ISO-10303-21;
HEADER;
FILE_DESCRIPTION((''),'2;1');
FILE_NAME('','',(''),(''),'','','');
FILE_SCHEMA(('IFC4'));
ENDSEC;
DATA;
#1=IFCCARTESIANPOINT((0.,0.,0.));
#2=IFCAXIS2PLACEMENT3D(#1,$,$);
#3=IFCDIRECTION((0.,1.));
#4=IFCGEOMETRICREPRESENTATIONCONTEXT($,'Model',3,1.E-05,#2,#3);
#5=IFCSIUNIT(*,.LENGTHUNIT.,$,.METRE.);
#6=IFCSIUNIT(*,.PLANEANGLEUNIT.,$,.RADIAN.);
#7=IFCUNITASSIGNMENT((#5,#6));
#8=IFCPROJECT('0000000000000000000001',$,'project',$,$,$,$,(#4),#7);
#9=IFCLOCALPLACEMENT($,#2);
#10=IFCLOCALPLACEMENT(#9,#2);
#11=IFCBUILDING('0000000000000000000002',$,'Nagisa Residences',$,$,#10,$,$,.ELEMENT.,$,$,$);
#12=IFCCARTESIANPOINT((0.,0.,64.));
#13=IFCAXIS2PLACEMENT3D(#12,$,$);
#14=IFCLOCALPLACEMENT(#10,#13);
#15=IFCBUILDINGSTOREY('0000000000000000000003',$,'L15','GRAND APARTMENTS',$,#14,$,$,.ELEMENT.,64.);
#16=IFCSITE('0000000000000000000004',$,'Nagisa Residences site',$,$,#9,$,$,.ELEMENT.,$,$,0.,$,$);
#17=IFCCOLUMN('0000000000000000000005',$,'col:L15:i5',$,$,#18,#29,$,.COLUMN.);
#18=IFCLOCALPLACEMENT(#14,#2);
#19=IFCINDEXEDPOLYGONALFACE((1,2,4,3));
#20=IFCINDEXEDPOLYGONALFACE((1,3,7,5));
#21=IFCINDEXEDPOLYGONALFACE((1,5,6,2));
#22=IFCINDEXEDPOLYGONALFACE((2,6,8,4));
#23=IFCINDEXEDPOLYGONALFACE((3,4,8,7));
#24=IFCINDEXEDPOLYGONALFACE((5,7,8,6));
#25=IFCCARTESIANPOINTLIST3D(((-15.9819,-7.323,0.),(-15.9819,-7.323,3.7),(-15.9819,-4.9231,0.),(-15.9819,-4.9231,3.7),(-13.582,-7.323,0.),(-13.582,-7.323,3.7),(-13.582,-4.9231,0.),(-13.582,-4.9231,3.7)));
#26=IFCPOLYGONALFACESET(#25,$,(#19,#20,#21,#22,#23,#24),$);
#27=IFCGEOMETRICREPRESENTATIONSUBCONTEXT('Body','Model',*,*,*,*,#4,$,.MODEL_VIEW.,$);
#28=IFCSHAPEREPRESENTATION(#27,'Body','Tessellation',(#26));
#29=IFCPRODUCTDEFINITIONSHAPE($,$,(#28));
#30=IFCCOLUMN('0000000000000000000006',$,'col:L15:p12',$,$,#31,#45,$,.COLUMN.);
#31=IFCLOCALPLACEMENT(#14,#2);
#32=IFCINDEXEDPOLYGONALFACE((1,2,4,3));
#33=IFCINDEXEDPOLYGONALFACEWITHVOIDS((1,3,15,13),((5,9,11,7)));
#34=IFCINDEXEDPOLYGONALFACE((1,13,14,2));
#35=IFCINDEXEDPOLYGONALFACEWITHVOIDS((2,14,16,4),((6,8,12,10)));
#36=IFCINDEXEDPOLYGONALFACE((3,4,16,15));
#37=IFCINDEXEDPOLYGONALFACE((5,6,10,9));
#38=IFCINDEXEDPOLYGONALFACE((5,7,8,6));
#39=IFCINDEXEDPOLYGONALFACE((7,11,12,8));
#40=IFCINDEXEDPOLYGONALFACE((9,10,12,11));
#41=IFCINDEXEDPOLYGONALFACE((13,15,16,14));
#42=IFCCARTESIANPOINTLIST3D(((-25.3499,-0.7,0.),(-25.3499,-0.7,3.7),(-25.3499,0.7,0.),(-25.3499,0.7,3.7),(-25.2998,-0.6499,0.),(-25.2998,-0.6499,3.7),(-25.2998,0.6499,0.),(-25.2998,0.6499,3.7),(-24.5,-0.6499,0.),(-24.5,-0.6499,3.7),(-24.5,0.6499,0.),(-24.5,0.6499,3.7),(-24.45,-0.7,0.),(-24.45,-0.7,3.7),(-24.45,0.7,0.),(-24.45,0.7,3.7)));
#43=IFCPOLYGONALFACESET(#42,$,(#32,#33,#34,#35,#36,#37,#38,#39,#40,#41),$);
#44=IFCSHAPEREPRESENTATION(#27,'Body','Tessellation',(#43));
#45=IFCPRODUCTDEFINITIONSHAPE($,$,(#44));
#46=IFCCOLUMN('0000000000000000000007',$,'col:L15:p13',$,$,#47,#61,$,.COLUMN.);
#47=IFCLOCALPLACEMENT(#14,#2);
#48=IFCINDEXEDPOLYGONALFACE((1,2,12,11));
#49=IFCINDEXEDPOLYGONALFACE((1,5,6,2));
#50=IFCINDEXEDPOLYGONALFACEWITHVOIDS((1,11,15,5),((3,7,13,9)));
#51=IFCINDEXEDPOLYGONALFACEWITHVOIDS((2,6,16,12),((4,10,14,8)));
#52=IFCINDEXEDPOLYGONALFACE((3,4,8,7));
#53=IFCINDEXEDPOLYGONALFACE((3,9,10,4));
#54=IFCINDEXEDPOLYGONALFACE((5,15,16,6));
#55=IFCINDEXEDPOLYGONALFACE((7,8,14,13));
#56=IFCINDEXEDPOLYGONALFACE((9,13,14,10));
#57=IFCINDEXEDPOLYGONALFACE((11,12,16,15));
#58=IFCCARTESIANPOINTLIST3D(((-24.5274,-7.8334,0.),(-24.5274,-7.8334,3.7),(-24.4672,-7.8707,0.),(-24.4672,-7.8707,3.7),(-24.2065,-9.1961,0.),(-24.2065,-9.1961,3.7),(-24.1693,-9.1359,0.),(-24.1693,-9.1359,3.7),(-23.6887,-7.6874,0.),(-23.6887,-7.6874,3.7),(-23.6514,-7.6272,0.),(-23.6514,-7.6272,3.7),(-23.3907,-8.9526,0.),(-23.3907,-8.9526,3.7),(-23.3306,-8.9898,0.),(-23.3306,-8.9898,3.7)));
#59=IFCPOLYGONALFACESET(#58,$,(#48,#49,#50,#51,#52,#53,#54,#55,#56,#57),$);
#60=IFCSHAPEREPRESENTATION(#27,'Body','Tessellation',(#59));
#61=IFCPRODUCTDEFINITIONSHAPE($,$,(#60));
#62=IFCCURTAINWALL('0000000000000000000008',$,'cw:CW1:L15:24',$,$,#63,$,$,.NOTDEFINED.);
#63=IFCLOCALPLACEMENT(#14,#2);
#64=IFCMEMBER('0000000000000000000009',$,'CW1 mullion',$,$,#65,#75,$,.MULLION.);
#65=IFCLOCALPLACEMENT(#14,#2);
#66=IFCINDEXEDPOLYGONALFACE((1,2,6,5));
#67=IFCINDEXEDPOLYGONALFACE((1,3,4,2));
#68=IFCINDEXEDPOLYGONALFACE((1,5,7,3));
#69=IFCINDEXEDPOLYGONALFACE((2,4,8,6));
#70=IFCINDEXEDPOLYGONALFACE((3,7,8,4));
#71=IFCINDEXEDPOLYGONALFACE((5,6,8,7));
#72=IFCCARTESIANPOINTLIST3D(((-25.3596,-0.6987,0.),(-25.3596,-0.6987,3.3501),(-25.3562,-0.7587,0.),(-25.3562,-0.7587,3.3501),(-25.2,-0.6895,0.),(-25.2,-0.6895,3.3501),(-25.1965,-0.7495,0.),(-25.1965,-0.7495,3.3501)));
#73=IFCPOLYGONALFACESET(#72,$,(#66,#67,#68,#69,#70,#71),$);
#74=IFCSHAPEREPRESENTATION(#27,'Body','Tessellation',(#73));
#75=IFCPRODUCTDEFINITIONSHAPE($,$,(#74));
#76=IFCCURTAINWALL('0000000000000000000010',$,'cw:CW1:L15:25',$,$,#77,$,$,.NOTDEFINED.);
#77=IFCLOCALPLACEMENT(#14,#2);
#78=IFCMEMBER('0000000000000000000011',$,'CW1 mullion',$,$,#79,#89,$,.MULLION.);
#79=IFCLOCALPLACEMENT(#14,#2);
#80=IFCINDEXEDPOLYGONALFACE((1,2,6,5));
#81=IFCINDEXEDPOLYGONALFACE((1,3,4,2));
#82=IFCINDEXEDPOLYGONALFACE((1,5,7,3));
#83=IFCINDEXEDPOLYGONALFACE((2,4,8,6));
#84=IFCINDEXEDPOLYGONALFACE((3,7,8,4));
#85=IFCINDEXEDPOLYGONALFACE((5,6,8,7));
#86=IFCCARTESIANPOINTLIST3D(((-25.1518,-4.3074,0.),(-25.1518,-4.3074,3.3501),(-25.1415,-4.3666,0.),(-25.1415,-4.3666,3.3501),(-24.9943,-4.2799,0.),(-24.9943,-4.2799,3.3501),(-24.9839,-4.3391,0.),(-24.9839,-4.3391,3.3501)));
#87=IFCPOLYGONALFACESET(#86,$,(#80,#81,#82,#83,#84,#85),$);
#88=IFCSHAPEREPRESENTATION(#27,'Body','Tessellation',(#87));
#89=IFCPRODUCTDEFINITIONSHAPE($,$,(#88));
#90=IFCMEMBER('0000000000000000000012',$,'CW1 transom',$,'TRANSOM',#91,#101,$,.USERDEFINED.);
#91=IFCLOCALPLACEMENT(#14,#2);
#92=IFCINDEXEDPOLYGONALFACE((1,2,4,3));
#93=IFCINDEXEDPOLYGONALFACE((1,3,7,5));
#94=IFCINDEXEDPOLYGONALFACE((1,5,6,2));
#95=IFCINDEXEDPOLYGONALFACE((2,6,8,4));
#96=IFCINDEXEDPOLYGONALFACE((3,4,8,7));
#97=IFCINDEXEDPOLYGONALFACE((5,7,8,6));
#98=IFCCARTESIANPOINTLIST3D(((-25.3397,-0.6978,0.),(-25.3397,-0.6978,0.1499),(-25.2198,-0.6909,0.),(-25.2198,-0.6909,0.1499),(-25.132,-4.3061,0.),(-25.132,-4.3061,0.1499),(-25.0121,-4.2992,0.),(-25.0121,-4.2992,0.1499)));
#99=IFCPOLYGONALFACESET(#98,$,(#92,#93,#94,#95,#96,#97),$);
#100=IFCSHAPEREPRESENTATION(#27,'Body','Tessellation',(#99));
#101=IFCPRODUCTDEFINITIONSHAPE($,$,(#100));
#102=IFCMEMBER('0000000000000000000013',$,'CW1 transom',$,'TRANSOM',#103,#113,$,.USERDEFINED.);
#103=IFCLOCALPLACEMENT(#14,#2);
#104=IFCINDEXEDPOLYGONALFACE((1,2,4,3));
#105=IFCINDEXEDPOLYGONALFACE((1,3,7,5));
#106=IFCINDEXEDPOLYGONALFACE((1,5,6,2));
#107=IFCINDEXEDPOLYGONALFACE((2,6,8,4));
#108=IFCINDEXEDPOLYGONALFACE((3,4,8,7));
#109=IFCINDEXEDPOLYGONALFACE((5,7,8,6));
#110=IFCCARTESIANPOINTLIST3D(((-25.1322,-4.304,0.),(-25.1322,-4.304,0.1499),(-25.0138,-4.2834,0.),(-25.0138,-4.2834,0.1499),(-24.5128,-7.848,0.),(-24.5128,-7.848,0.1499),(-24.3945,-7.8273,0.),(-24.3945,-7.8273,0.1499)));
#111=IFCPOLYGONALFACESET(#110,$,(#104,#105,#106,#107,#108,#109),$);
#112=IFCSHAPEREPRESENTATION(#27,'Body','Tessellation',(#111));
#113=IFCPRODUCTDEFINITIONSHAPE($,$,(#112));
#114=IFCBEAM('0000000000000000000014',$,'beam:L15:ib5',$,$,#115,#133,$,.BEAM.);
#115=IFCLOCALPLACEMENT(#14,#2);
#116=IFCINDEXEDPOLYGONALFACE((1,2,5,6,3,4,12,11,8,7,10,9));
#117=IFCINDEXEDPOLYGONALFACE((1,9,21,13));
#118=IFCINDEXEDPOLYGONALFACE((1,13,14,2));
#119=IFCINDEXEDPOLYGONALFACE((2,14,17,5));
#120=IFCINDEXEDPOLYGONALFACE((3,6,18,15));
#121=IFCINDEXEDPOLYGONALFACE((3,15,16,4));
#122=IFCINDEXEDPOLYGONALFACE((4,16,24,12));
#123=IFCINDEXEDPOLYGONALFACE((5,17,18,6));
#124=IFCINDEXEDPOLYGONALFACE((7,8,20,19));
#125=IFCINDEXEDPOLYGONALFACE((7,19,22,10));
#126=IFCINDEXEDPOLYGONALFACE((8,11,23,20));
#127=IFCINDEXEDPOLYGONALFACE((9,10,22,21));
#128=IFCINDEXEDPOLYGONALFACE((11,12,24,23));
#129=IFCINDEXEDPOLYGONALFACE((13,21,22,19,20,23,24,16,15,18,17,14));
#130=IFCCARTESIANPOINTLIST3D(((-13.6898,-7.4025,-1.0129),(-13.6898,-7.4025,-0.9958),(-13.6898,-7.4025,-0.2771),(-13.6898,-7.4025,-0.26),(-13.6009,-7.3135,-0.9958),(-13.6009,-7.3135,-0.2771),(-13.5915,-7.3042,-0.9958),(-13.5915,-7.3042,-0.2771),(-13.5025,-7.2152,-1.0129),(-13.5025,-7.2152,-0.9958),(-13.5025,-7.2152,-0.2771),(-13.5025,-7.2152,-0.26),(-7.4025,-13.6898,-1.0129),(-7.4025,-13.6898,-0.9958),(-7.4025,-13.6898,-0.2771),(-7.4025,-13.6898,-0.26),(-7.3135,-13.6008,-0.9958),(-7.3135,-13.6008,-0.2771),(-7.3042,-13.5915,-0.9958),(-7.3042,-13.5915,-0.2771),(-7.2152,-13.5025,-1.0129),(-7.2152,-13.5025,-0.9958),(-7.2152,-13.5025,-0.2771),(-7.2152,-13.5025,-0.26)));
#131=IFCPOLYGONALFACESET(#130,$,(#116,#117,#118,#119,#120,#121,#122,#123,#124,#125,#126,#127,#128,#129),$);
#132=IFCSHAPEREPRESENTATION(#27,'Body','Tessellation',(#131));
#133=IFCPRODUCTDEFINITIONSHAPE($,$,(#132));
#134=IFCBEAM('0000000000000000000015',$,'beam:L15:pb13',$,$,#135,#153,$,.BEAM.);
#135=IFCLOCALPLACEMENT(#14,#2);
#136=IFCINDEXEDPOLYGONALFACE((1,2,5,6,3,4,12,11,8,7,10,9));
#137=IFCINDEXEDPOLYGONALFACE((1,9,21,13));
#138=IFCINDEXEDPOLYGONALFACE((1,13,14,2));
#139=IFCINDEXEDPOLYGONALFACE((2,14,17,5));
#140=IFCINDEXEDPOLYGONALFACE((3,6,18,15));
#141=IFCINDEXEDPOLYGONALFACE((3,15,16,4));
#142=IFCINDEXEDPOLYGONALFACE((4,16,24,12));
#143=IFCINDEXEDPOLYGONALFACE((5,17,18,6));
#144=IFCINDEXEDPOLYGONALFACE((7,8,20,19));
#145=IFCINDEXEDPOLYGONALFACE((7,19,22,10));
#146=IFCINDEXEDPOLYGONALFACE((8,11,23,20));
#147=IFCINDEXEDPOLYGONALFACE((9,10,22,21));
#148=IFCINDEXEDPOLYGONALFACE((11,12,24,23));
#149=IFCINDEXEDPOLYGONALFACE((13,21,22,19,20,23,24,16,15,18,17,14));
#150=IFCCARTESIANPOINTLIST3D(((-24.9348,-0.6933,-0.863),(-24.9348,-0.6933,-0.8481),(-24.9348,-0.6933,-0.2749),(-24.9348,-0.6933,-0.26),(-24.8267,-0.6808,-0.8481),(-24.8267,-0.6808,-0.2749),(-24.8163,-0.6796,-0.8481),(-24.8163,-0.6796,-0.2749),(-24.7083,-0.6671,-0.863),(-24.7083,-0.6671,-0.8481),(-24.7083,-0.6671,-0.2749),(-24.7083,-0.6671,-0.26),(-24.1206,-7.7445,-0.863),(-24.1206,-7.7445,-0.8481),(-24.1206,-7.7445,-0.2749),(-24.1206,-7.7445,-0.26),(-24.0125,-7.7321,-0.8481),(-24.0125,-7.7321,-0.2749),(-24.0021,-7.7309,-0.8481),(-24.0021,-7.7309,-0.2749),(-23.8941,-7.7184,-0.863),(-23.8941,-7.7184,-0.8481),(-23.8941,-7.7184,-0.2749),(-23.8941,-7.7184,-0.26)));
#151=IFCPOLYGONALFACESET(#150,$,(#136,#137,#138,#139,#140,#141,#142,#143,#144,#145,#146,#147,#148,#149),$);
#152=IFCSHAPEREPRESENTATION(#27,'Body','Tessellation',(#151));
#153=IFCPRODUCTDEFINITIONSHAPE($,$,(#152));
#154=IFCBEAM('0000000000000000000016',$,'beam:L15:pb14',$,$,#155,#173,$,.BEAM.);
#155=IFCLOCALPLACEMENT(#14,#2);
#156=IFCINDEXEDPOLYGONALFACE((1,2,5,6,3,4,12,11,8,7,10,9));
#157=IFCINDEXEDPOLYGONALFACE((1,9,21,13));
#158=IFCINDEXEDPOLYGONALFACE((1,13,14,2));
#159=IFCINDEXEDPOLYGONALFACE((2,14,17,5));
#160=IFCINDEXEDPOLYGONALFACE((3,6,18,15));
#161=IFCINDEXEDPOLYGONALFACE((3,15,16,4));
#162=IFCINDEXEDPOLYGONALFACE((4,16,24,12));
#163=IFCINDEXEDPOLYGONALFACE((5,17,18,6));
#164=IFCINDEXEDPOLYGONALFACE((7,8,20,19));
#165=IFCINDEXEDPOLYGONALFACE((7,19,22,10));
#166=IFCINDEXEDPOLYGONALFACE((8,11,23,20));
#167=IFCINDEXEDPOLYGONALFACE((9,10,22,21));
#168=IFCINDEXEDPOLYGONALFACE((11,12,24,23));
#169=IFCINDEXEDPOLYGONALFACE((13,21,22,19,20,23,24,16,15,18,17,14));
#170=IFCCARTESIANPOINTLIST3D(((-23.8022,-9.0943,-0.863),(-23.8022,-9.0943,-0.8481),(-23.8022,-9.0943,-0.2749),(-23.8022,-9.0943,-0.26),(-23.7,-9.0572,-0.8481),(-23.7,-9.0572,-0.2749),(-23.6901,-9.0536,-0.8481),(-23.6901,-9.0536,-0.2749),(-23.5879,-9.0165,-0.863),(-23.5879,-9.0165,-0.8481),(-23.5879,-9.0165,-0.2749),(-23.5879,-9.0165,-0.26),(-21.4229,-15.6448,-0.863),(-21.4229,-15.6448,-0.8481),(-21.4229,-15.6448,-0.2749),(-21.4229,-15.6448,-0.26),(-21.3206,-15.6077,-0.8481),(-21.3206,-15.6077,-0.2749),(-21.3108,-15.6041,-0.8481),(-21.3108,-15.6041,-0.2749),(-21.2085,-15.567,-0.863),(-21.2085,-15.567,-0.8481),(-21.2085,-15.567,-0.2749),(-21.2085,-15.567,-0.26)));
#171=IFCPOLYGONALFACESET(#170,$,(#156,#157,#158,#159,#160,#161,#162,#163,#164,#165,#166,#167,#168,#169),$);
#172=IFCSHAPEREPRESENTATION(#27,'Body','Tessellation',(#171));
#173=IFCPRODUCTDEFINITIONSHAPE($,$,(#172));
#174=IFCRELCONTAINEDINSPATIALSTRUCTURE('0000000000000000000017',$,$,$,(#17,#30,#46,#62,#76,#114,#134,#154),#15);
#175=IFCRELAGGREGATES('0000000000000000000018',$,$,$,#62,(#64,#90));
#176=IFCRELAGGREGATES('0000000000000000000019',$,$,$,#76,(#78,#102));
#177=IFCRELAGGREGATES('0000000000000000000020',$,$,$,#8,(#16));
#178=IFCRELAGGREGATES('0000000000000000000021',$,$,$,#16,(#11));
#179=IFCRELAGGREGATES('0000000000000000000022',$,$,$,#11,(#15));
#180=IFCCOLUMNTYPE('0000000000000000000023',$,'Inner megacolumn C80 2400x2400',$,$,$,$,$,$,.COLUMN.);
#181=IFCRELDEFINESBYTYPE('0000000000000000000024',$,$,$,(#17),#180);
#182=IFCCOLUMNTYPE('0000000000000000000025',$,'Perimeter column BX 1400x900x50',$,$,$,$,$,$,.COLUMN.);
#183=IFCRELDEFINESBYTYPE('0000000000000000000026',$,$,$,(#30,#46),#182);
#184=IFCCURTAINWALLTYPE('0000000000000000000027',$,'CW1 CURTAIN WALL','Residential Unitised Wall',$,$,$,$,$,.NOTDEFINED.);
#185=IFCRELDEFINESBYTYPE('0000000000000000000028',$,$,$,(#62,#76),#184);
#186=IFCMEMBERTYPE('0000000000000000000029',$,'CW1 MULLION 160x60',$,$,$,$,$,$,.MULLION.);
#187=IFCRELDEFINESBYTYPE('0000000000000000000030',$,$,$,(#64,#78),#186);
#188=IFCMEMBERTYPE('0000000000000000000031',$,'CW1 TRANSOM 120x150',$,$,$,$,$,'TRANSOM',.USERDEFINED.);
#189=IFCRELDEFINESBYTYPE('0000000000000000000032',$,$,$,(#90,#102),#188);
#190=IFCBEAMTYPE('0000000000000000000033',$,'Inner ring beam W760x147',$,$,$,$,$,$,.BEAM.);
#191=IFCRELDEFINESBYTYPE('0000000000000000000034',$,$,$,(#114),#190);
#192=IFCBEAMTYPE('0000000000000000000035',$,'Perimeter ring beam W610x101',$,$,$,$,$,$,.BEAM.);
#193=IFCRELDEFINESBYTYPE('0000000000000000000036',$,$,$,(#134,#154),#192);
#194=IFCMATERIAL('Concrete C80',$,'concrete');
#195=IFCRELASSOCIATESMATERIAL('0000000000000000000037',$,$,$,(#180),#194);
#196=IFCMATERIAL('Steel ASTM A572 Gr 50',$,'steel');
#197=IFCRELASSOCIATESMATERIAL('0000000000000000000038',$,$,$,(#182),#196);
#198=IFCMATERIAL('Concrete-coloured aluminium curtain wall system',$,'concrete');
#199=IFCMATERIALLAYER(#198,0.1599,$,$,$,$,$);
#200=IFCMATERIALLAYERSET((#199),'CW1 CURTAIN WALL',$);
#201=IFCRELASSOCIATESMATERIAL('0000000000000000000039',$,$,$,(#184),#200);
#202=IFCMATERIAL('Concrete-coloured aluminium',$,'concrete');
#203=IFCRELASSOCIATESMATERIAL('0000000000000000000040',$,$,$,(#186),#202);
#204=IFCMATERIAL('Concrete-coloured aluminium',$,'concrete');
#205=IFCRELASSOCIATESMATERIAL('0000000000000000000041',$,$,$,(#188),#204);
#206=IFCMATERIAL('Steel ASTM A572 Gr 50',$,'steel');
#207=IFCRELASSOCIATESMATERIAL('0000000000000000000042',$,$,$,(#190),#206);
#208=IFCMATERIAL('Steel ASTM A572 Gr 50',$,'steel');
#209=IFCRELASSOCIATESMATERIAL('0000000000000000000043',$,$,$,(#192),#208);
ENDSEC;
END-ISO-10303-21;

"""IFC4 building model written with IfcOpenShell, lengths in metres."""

from ifc_helpers import new_model, si_unit, direction, frame, origin, origin_2d, place, context, subcontext, project, spatial, rectangle, hollow_rectangle, i_section, extrude, material, layer, layer_set, material_profile, profile_set, type_object, element, aggregate, save


model = new_model("IFC4")

# Units and contexts
model_context = context("Model", 3, precision=1e-05, world=origin(), true_north=direction((0.0, 1.0)))
body_context = subcontext(model_context, "Body", "Model", "MODEL_VIEW")
ifc_project = project(units=[si_unit("LENGTHUNIT", "METRE"), si_unit("PLANEANGLEUNIT", "RADIAN")], contexts=[model_context])

# Site, building, storey
site_placement = place(None, origin())
site = spatial("IfcSite", under=ifc_project, at=site_placement, Name="Nagisa Residences site", CompositionType="ELEMENT", RefElevation=0.0)
building_placement = place(site_placement, origin())
building = spatial("IfcBuilding", under=site, at=building_placement, Name="Nagisa Residences", CompositionType="ELEMENT")
storey_placement = place(building_placement, frame((0.0, 0.0, 64.0)))
storey = spatial("IfcBuildingStorey", under=building, at=storey_placement, Name="L15", Description="GRAND APARTMENTS", CompositionType="ELEMENT", Elevation=64.0)

# Columns
ifc_material_1 = material(Name="Concrete C80", Category="concrete")
ifc_material_profile_1 = material_profile(ifc_material_1, rectangle(XDim=2.3999, YDim=2.3999, at=origin_2d()), Name="C80 2400x2400")
ifc_profile_set_1 = profile_set([ifc_material_profile_1], Name="Concrete C80")
column_type_1 = type_object("IfcColumnType", Name="Inner megacolumn C80 2400x2400", PredefinedType="COLUMN", material=ifc_profile_set_1)
column_placement = place(storey_placement, frame((-14.782, -6.123, 0.0), z_axis=(0.0, 0.0, 1.0), x_axis=(1.0, 0.0, 0.0)))
element("IfcColumn", 1, at=column_placement, inside=storey, type_object=column_type_1, Name="col:L15:i5", PredefinedType="COLUMN", context=body_context, shape_type="SweptSolid", body=[
    extrude(rectangle(XDim=2.3999, YDim=2.3999, at=origin_2d()), origin(), (0.0, 0.0, 1.0), 3.7),
])
ifc_material_2 = material(Name="Steel ASTM A572 Gr 50", Category="steel")
ifc_material_profile_2 = material_profile(ifc_material_2, hollow_rectangle(XDim=1.3999, YDim=0.8999, WallThickness=0.05, at=origin_2d()), Name="BX 1400x900x50")
ifc_profile_set_2 = profile_set([ifc_material_profile_2], Name="Steel ASTM A572 Gr 50")
column_type_2 = type_object("IfcColumnType", Name="Perimeter column BX 1400x900x50", PredefinedType="COLUMN", material=ifc_profile_set_2)
for number, where, z_axis, x_axis, name in (
    (2, (-24.8999, 0.0, 0.0), (0.0, 0.0, 1.0), (0.0, -1.0, 0.0), "col:L15:p12"),
    (3, (-23.929, -8.4116, 0.0), (0.0, 0.0, 1.0), (0.229202, -0.973379, 0.0), "col:L15:p13"),
):
    element("IfcColumn", number, at=place(storey_placement, frame(where, z_axis=z_axis, x_axis=x_axis)), inside=storey, type_object=column_type_2, Name=name, PredefinedType="COLUMN", context=body_context, shape_type="SweptSolid", body=[
        extrude(hollow_rectangle(XDim=1.3999, YDim=0.8999, WallThickness=0.05, at=origin_2d()), origin(), (0.0, 0.0, 1.0), 3.7),
    ])

# Curtain walls, members
ifc_material_3 = material(Name="Concrete-coloured aluminium curtain wall system", Category="concrete")
ifc_layer_1 = layer(ifc_material_3, 0.1599)
ifc_layer_set_1 = layer_set([ifc_layer_1], Name="CW1 CURTAIN WALL")
curtain_wall_type = type_object("IfcCurtainWallType", Name="CW1 CURTAIN WALL", Description="Residential Unitised Wall", PredefinedType="NOTDEFINED", material=ifc_layer_set_1)
curtain_wall_1_placement = place(storey_placement, origin())
curtain_wall_1 = element("IfcCurtainWall", 4, at=curtain_wall_1_placement, inside=storey, type_object=curtain_wall_type, Name="cw:CW1:L15:24", PredefinedType="NOTDEFINED")
ifc_material_4 = material(Name="Concrete-coloured aluminium", Category="concrete")
ifc_material_profile_3 = material_profile(ifc_material_4, rectangle(XDim=0.1599, YDim=0.0601, at=origin_2d()), Name="CW1 MULLION 160x60")
ifc_profile_set_3 = profile_set([ifc_material_profile_3], Name="Concrete-coloured aluminium")
member_type_1 = type_object("IfcMemberType", Name="CW1 MULLION 160x60", PredefinedType="MULLION", material=ifc_profile_set_3)
member_1_placement = place(storey_placement, frame((-25.2781, -0.7241, 0.0), z_axis=(0.0, 0.0, 1.0), x_axis=(0.998345, 0.057503, 0.0)))
member_1 = element("IfcMember", 5, at=member_1_placement, type_object=member_type_1, Name="CW1 mullion", PredefinedType="MULLION", context=body_context, shape_type="SweptSolid", body=[
    extrude(rectangle(XDim=0.1599, YDim=0.0601, at=origin_2d()), origin(), (0.0, 0.0, 1.0), 3.3501),
])
curtain_wall_2_placement = place(storey_placement, origin())
curtain_wall_2 = element("IfcCurtainWall", 6, at=curtain_wall_2_placement, inside=storey, type_object=curtain_wall_type, Name="cw:CW1:L15:25", PredefinedType="NOTDEFINED")
member_2_placement = place(storey_placement, frame((-25.0679, -4.3232, 0.0), z_axis=(0.0, 0.0, 1.0), x_axis=(0.985064, 0.172191, 0.0)))
member_2 = element("IfcMember", 7, at=member_2_placement, type_object=member_type_1, Name="CW1 mullion", PredefinedType="MULLION", context=body_context, shape_type="SweptSolid", body=[
    extrude(rectangle(XDim=0.1599, YDim=0.0601, at=origin_2d()), origin(), (0.0, 0.0, 1.0), 3.3501),
])

# Members
ifc_material_5 = material(Name="Concrete-coloured aluminium", Category="concrete")
ifc_material_profile_4 = material_profile(ifc_material_5, rectangle(XDim=0.1201, YDim=0.1499, at=origin_2d()), Name="CW1 TRANSOM 120x150")
ifc_profile_set_4 = profile_set([ifc_material_profile_4], Name="Concrete-coloured aluminium")
member_type_2 = type_object("IfcMemberType", Name="CW1 TRANSOM 120x150", ElementType="TRANSOM", PredefinedType="USERDEFINED", material=ifc_profile_set_4)
member_3_placement = place(storey_placement, frame((-25.2798, -0.6943, 0.075), z_axis=(0.057483, -0.998347, 0.0), x_axis=(0.998347, 0.057483, 0.0)))
member_3 = element("IfcMember", 8, at=member_3_placement, type_object=member_type_2, Name="CW1 transom", ObjectType="TRANSOM", PredefinedType="USERDEFINED", context=body_context, shape_type="SweptSolid", body=[
    extrude(rectangle(XDim=0.1201, YDim=0.1499, at=origin_2d()), origin(), (0.0, 0.0, 1.0), 3.6143),
])
member_4_placement = place(storey_placement, frame((-25.073, -4.2937, 0.075), z_axis=(0.172163, -0.985068, 0.0), x_axis=(0.985068, 0.172163, 0.0)))
member_4 = element("IfcMember", 9, at=member_4_placement, type_object=member_type_2, Name="CW1 transom", ObjectType="TRANSOM", PredefinedType="USERDEFINED", context=body_context, shape_type="SweptSolid", body=[
    extrude(rectangle(XDim=0.1201, YDim=0.1499, at=origin_2d()), origin(), (0.0, 0.0, 1.0), 3.5977),
])

# Beams
ifc_material_6 = material(Name="Steel ASTM A572 Gr 50", Category="steel")
ifc_material_profile_5 = material_profile(ifc_material_6, i_section(OverallWidth=0.2649, OverallDepth=0.7529, WebThickness=0.0132, FlangeThickness=0.0171, at=origin_2d()), Name="W760x147")
ifc_profile_set_5 = profile_set([ifc_material_profile_5], Name="Steel ASTM A572 Gr 50")
beam_type_1 = type_object("IfcBeamType", Name="Inner ring beam W760x147", PredefinedType="BEAM", material=ifc_profile_set_5)
beam_1_placement = place(storey_placement, frame((-13.5962, -7.3088, -0.6365), z_axis=(0.707107, -0.707107, 0.0), x_axis=(0.707107, 0.707107, 0.0)))
element("IfcBeam", 10, at=beam_1_placement, inside=storey, type_object=beam_type_1, Name="beam:L15:ib5", PredefinedType="BEAM", context=body_context, shape_type="SweptSolid", body=[
    extrude(i_section(OverallWidth=0.2649, OverallDepth=0.7529, WebThickness=0.0132, FlangeThickness=0.0171, at=origin_2d()), origin(), (0.0, 0.0, 1.0), 8.8916),
])
ifc_material_7 = material(Name="Steel ASTM A572 Gr 50", Category="steel")
ifc_material_profile_6 = material_profile(ifc_material_7, i_section(OverallWidth=0.228, OverallDepth=0.603, WebThickness=0.0105, FlangeThickness=0.0149, at=origin_2d()), Name="W610x101")
ifc_profile_set_6 = profile_set([ifc_material_profile_6], Name="Steel ASTM A572 Gr 50")
beam_type_2 = type_object("IfcBeamType", Name="Perimeter ring beam W610x101", PredefinedType="BEAM", material=ifc_profile_set_6)
beam_2_placement = place(storey_placement, frame((-24.8215, -0.6802, -0.5615), z_axis=(0.114708, -0.993399, 0.0), x_axis=(0.993399, 0.114708, 0.0)))
element("IfcBeam", 11, at=beam_2_placement, inside=storey, type_object=beam_type_2, Name="beam:L15:pb13", PredefinedType="BEAM", context=body_context, shape_type="SweptSolid", body=[
    extrude(i_section(OverallWidth=0.228, OverallDepth=0.603, WebThickness=0.0105, FlangeThickness=0.0149, at=origin_2d()), origin(), (0.0, 0.0, 1.0), 7.0981),
])
beam_3_placement = place(storey_placement, frame((-23.6951, -9.0554, -0.5615), z_axis=(0.341411, -0.939914, 0.0), x_axis=(0.939914, 0.341411, 0.0)))
element("IfcBeam", 12, at=beam_3_placement, inside=storey, type_object=beam_type_2, Name="beam:L15:pb14", PredefinedType="BEAM", context=body_context, shape_type="SweptSolid", body=[
    extrude(i_section(OverallWidth=0.228, OverallDepth=0.603, WebThickness=0.0105, FlangeThickness=0.0149, at=origin_2d()), origin(), (0.0, 0.0, 1.0), 6.9692),
])

aggregate(curtain_wall_1, [member_1, member_3])
aggregate(curtain_wall_2, [member_2, member_4])

save(model, "model.ifc")
